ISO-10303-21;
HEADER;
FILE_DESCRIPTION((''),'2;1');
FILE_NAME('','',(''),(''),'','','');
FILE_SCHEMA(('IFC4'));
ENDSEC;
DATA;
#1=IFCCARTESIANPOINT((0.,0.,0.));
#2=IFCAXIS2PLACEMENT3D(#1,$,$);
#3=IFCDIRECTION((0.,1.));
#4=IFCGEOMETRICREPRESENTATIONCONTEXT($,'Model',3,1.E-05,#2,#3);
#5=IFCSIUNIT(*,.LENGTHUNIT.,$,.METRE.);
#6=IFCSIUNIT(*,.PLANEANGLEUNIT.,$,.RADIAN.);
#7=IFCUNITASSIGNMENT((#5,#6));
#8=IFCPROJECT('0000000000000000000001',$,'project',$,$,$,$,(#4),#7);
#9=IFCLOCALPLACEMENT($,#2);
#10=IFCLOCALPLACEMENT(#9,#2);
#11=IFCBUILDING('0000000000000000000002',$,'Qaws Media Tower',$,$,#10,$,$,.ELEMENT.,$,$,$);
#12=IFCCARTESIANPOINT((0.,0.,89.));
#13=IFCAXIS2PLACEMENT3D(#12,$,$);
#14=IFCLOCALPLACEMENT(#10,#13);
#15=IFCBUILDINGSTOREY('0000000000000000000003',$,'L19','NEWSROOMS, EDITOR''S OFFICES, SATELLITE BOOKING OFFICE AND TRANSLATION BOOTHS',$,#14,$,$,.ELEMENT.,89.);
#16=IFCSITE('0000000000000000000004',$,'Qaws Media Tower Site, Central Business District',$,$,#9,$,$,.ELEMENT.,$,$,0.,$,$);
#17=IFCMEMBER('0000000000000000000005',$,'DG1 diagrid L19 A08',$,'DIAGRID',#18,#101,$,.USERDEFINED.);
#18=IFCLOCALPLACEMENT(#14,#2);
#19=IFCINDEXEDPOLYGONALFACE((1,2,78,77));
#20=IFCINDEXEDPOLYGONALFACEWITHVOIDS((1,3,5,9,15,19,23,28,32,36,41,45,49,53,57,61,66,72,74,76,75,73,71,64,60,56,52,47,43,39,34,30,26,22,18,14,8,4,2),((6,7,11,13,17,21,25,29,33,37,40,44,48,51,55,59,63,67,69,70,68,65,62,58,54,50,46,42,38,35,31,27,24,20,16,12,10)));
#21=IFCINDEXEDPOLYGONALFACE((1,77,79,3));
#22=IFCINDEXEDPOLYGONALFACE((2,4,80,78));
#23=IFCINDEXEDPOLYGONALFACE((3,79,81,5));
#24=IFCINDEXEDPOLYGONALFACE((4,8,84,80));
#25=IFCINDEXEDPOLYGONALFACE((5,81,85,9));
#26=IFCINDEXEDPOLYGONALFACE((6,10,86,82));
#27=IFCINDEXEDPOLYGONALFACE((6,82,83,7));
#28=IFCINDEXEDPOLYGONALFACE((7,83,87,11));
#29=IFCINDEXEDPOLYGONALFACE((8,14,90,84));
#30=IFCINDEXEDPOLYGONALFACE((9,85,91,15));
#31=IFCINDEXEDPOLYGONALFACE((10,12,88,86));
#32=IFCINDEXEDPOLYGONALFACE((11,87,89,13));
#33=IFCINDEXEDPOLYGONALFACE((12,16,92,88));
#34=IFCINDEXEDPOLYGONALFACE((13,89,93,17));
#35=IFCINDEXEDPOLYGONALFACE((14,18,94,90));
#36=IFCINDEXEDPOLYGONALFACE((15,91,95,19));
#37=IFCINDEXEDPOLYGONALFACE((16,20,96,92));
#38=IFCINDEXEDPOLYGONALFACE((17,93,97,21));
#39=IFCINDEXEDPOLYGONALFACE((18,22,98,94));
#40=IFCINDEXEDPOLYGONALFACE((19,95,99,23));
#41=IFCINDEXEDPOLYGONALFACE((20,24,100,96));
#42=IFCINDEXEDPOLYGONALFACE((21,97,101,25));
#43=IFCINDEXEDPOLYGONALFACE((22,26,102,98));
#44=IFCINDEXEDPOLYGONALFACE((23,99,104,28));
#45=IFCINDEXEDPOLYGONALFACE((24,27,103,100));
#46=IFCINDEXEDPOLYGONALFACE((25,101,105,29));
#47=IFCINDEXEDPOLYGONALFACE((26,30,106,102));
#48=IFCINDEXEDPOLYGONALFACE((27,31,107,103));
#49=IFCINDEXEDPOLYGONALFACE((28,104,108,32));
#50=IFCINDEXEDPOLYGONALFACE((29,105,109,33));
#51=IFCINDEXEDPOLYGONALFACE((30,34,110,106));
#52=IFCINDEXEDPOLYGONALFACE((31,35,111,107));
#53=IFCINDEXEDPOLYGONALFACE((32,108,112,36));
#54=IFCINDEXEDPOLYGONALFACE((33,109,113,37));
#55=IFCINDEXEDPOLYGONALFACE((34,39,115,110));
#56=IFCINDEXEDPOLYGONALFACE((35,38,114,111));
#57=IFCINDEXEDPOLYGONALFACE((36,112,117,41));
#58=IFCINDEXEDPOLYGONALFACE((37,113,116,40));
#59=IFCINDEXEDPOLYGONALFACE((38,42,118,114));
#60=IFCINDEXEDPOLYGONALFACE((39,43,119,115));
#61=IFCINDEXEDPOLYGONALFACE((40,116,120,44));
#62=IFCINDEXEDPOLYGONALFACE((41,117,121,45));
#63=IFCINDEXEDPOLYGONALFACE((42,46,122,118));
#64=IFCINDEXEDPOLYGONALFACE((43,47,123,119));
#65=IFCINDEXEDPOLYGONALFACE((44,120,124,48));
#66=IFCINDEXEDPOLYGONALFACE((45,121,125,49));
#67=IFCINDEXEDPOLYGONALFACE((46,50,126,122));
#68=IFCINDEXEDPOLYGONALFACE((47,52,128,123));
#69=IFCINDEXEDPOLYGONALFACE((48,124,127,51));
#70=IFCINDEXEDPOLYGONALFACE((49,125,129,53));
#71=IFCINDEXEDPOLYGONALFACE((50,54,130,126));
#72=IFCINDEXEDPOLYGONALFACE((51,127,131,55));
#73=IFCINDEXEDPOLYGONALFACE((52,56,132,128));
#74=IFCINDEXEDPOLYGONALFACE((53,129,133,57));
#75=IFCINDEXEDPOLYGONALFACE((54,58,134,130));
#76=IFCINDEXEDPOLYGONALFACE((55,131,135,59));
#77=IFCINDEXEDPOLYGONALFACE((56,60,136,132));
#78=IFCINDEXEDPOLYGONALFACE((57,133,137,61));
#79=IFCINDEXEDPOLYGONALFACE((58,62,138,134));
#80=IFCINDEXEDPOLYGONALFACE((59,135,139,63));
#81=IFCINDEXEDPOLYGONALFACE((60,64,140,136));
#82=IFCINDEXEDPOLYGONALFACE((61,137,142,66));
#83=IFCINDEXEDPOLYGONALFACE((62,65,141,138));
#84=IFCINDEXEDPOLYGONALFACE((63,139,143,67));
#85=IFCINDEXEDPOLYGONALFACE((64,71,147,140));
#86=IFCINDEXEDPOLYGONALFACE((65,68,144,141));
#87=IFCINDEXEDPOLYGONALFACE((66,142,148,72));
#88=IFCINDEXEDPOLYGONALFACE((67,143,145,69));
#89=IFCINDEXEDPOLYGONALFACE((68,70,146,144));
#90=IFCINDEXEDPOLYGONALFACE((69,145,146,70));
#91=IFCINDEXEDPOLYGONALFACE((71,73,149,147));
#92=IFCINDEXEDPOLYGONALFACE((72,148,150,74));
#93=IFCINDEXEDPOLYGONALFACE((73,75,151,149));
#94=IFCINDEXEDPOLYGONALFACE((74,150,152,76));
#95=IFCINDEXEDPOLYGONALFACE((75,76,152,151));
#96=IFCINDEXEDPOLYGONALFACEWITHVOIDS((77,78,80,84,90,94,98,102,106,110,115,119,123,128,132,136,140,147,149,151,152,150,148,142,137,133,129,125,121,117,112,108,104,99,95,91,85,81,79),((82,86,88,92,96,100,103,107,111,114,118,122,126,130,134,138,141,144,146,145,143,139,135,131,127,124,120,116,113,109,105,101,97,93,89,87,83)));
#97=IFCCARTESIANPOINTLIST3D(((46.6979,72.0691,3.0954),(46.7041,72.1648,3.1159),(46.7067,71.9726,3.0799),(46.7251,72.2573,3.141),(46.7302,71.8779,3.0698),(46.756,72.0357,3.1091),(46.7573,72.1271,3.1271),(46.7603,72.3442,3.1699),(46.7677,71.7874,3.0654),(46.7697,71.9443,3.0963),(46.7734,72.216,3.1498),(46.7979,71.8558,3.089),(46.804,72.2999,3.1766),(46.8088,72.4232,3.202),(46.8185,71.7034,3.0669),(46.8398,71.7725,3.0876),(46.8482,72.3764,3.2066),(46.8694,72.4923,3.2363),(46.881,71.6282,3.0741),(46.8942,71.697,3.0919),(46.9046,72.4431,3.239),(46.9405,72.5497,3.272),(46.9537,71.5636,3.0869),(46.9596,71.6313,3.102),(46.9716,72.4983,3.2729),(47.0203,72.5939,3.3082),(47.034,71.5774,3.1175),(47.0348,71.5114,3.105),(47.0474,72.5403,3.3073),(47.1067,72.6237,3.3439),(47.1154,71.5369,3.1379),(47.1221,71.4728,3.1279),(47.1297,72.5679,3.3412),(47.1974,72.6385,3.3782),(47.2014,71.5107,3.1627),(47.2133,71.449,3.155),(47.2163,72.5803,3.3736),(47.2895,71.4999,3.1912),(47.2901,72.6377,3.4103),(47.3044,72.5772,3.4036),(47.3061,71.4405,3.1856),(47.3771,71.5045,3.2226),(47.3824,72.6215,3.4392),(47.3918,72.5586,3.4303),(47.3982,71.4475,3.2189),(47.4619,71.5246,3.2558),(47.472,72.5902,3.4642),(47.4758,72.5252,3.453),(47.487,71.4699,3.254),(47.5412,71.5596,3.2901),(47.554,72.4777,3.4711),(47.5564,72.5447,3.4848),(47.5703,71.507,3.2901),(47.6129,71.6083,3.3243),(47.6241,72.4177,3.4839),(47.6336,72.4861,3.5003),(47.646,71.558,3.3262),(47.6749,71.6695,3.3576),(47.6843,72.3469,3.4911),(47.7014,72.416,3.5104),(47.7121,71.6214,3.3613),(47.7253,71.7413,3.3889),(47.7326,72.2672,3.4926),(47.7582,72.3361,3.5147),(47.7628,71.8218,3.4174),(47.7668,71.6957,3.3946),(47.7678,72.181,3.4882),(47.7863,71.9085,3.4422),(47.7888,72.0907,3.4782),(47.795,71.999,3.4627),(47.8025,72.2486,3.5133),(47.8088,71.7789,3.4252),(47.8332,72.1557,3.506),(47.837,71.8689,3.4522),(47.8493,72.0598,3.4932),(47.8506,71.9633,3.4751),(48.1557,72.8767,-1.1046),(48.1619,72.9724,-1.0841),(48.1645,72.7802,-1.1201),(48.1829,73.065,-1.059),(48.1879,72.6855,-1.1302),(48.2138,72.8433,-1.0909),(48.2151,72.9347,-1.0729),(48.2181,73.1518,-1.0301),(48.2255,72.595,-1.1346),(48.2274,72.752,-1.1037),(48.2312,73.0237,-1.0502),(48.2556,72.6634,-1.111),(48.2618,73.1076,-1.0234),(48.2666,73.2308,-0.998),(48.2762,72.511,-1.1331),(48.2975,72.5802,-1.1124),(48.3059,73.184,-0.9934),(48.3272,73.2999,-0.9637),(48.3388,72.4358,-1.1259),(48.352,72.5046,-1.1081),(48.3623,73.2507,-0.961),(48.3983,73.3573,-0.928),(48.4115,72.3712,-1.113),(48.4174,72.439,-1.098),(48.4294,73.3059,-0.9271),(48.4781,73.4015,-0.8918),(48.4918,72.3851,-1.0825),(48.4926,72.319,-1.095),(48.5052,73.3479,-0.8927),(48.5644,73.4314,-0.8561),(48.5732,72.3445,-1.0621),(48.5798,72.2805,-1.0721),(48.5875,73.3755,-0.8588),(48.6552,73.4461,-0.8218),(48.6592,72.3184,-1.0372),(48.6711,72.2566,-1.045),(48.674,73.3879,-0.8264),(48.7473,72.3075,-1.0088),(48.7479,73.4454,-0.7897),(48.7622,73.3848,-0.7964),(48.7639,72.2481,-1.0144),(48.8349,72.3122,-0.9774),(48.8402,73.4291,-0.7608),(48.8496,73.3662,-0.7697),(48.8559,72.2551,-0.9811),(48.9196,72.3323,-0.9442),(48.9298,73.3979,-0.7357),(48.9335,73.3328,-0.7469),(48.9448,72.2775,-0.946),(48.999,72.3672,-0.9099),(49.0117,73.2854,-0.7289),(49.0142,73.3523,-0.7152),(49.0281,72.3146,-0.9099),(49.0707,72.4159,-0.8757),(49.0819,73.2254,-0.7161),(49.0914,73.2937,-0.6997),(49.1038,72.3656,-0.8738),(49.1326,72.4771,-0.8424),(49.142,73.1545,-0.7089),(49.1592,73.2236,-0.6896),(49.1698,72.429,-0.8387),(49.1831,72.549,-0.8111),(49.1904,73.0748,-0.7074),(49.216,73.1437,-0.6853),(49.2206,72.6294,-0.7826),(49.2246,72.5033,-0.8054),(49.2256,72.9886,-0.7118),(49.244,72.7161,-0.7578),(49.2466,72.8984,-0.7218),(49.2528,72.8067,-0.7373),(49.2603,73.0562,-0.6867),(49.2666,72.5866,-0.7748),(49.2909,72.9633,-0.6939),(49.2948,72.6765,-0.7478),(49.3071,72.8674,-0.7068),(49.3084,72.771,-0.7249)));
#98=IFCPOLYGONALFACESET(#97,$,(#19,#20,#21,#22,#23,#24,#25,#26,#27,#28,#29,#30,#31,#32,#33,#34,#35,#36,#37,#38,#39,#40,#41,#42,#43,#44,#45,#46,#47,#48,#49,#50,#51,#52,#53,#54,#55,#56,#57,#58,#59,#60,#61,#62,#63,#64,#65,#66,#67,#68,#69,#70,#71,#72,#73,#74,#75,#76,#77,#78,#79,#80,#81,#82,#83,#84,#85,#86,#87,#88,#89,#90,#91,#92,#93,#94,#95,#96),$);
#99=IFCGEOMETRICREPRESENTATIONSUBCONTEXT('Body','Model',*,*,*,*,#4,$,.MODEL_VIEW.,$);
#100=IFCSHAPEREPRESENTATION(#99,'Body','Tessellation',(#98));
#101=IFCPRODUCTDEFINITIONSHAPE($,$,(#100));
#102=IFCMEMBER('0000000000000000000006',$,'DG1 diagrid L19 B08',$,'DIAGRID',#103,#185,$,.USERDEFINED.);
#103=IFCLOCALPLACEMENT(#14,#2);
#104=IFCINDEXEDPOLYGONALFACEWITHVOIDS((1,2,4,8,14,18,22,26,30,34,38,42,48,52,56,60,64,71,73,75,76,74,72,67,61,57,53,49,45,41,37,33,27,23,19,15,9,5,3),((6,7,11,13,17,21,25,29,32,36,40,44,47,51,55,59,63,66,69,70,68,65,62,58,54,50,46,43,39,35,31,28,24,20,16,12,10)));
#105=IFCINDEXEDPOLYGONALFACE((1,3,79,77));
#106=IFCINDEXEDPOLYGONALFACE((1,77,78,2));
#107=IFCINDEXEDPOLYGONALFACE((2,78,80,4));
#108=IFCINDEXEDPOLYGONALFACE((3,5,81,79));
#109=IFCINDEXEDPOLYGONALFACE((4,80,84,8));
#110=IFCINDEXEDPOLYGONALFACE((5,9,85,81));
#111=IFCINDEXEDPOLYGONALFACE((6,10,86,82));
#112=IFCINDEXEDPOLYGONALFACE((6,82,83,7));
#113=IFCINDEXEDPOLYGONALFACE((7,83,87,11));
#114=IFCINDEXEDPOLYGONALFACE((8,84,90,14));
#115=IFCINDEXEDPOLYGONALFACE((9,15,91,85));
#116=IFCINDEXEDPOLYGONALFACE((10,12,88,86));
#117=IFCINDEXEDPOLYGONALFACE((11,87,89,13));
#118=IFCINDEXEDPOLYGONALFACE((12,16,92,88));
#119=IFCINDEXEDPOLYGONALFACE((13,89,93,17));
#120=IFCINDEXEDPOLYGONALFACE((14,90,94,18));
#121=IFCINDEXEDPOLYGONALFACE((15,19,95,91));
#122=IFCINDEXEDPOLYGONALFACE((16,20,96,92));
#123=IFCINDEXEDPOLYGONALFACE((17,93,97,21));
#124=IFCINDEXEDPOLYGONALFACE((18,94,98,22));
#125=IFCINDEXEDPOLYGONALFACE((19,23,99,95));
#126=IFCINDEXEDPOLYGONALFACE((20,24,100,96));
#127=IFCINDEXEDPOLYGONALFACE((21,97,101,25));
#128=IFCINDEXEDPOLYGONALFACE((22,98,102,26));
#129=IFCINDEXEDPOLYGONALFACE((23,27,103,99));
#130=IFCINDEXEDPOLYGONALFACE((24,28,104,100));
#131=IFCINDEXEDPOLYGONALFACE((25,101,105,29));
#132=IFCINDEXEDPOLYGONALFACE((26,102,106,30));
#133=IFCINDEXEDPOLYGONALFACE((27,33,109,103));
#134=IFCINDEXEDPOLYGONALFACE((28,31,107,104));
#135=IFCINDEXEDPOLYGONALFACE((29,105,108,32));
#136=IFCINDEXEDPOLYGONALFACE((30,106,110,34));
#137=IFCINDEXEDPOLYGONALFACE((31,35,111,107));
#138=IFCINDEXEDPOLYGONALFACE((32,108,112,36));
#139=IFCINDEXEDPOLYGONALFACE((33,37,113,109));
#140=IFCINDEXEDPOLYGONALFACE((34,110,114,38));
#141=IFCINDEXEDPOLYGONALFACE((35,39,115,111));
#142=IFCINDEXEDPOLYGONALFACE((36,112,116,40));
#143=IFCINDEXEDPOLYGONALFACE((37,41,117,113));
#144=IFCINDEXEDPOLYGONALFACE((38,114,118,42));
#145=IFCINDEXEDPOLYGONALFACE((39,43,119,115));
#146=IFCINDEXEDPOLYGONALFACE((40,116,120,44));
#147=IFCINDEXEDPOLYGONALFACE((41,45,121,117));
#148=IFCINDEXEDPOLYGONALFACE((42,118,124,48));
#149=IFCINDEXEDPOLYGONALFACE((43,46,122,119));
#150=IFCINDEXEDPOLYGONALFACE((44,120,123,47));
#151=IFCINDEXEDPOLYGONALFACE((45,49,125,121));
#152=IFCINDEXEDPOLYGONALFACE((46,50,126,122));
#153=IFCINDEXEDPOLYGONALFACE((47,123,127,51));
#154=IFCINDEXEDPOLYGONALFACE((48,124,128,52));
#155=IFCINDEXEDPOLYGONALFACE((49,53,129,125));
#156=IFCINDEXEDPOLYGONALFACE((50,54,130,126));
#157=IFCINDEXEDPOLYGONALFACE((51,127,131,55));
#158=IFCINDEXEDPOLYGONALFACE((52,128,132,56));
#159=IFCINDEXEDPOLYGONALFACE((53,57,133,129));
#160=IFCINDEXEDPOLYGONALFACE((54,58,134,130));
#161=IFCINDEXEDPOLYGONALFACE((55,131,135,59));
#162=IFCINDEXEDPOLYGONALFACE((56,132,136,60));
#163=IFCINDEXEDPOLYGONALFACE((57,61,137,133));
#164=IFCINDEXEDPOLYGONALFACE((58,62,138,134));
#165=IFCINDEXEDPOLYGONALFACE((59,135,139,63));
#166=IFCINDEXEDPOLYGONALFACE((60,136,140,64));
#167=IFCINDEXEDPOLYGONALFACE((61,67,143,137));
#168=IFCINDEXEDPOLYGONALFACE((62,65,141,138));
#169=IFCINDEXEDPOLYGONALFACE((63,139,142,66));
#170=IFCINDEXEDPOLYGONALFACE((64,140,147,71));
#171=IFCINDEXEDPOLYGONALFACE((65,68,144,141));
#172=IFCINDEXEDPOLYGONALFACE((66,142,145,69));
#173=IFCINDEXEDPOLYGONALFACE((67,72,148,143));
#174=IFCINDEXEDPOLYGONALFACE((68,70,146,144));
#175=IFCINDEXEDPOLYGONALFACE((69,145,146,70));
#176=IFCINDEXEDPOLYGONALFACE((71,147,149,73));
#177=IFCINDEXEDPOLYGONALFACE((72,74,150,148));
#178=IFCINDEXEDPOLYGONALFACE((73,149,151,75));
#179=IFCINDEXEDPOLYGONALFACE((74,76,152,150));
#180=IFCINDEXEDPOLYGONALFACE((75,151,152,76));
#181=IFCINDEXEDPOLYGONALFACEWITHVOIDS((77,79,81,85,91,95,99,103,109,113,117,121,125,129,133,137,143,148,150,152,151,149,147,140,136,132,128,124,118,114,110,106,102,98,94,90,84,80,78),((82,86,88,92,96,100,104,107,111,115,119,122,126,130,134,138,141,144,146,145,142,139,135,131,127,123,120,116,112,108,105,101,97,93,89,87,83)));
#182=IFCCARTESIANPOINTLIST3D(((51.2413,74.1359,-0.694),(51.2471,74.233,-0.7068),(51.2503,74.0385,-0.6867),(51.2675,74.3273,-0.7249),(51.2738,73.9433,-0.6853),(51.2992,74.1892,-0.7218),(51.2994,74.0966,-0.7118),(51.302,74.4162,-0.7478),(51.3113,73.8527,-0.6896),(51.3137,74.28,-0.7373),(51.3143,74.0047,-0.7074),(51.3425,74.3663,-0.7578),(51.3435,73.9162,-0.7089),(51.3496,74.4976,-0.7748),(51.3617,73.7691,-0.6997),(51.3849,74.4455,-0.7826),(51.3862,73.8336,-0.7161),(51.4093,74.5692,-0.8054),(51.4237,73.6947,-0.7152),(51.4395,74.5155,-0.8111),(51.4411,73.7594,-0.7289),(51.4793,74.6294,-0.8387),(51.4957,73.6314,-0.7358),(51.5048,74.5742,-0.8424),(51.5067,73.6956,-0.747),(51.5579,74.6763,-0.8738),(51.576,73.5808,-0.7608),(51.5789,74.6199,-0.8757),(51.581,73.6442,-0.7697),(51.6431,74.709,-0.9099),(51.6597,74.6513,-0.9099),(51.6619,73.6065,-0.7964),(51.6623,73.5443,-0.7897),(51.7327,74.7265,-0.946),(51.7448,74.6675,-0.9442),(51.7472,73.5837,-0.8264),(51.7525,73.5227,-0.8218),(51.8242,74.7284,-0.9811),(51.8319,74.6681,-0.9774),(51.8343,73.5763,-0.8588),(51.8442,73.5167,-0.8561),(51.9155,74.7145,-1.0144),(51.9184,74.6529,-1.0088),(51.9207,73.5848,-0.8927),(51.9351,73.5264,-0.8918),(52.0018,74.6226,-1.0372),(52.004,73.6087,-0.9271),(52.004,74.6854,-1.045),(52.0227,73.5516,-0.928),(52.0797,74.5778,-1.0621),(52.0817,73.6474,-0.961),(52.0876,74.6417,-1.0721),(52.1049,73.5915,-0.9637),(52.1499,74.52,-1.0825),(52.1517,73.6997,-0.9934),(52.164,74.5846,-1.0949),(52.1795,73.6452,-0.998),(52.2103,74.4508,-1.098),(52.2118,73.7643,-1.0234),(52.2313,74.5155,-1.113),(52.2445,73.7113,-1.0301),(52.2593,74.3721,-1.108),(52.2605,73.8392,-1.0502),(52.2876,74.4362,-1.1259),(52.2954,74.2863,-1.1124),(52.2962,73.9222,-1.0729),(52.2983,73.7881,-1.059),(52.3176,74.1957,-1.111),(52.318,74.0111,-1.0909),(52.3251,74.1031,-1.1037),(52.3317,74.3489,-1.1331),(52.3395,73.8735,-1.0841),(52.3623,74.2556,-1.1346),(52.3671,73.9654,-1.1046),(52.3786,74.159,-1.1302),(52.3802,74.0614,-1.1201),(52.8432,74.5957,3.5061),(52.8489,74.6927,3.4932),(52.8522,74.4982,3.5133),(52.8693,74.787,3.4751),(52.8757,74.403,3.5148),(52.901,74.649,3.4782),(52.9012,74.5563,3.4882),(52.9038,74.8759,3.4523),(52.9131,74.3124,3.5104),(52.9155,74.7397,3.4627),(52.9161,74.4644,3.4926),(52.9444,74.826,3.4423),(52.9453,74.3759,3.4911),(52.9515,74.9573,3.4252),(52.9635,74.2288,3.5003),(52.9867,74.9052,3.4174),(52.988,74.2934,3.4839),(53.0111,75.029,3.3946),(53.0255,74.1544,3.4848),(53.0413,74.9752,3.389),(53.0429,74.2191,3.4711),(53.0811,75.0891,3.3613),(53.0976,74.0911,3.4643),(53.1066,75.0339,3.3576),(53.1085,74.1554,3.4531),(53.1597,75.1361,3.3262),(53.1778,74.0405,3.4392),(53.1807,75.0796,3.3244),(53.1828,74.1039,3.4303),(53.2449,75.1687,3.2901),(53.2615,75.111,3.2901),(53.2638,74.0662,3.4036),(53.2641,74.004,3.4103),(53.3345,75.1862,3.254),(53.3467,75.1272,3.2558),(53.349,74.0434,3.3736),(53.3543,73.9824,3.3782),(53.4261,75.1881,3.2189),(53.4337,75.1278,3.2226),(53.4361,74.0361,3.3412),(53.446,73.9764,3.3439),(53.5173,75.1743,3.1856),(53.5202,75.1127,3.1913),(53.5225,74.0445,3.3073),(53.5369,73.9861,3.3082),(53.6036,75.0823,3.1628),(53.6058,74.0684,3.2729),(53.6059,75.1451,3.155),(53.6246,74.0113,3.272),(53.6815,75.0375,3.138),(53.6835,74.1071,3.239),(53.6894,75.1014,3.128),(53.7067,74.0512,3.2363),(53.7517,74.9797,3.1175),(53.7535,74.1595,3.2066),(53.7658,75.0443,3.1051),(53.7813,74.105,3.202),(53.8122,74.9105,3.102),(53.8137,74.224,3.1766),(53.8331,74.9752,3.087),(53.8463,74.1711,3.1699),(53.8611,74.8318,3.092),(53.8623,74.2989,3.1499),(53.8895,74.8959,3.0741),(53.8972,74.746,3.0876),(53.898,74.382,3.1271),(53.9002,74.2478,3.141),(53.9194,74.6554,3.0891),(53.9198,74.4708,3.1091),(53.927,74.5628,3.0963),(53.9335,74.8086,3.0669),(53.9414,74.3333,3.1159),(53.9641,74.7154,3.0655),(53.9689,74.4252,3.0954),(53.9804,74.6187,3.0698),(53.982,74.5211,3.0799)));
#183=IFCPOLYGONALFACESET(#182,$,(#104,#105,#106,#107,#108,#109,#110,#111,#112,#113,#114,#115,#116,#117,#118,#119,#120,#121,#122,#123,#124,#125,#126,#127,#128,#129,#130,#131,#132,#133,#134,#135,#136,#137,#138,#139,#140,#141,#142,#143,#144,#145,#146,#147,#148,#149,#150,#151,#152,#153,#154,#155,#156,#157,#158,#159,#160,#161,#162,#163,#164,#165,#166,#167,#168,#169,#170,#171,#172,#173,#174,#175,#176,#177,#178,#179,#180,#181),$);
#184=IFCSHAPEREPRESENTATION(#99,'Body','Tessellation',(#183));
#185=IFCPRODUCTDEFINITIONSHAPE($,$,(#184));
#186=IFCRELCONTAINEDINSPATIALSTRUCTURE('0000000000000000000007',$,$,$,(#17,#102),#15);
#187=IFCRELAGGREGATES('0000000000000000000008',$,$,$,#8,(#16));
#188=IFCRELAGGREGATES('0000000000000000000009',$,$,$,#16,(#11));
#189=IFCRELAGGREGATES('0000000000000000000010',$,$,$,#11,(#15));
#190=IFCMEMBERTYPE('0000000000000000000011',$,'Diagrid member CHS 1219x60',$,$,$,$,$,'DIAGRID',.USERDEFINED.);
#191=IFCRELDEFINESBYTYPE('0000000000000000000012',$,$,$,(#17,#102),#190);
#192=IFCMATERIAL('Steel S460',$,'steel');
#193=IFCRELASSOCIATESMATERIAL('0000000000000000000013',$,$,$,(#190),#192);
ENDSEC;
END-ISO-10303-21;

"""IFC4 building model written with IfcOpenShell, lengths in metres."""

from ifc_helpers import new_model, si_unit, direction, frame, origin, origin_2d, place, context, subcontext, project, spatial, hollow_circle, extrude, material, material_profile, profile_set, type_object, element, save


model = new_model("IFC4")

# Units and contexts
model_context = context("Model", 3, precision=1e-05, world=origin(), true_north=direction((0.0, 1.0)))
body_context = subcontext(model_context, "Body", "Model", "MODEL_VIEW")
ifc_project = project(units=[si_unit("LENGTHUNIT", "METRE"), si_unit("PLANEANGLEUNIT", "RADIAN")], contexts=[model_context])

# Site, building, storey
site_placement = place(None, origin())
site = spatial("IfcSite", under=ifc_project, at=site_placement, Name="Qaws Media Tower Site, Central Business District", CompositionType="ELEMENT", RefElevation=0.0)
building_placement = place(site_placement, origin())
building = spatial("IfcBuilding", under=site, at=building_placement, Name="Qaws Media Tower", CompositionType="ELEMENT")
storey_placement = place(building_placement, frame((0.0, 0.0, 89.0)))
storey = spatial("IfcBuildingStorey", under=building, at=storey_placement, Name="L19", Description="NEWSROOMS, EDITOR'S OFFICES, SATELLITE BOOKING OFFICE AND TRANSLATION BOOTHS", CompositionType="ELEMENT", Elevation=89.0)

# Members
ifc_material_1 = material(Name="Steel S460", Category="steel")
ifc_material_profile_1 = material_profile(ifc_material_1, hollow_circle(Radius=0.6096, WallThickness=0.0601, at=origin_2d()), Name="CHS 1219x60")
ifc_profile_set_1 = profile_set([ifc_material_profile_1], Name="Steel S460")
member_type_1 = type_object("IfcMemberType", Name="Diagrid member CHS 1219x60", ElementType="DIAGRID", PredefinedType="USERDEFINED", material=ifc_profile_set_1)
for number, where, z_axis, x_axis, name in (
    (1, (48.7327, 72.8479, -0.9099), (-0.322621, -0.178735, 0.9295), (0.48461, -0.87473, 0.0), "DG1 diagrid L19 A08"),
    (2, (51.8113, 74.123, -0.9099), (0.354501, 0.101741, 0.929504), (-0.275863, 0.961197, 0.0), "DG1 diagrid L19 B08"),
):
    element("IfcMember", number, at=place(storey_placement, frame(where, z_axis=z_axis, x_axis=x_axis)), inside=storey, type_object=member_type_1, Name=name, ObjectType="DIAGRID", PredefinedType="USERDEFINED", context=body_context, shape_type="SweptSolid", body=[
        extrude(hollow_circle(Radius=0.6096, WallThickness=0.0601, at=origin_2d()), origin(), (0.0, 0.0, 1.0), 4.5186),
    ])

save(model, "model.ifc")
